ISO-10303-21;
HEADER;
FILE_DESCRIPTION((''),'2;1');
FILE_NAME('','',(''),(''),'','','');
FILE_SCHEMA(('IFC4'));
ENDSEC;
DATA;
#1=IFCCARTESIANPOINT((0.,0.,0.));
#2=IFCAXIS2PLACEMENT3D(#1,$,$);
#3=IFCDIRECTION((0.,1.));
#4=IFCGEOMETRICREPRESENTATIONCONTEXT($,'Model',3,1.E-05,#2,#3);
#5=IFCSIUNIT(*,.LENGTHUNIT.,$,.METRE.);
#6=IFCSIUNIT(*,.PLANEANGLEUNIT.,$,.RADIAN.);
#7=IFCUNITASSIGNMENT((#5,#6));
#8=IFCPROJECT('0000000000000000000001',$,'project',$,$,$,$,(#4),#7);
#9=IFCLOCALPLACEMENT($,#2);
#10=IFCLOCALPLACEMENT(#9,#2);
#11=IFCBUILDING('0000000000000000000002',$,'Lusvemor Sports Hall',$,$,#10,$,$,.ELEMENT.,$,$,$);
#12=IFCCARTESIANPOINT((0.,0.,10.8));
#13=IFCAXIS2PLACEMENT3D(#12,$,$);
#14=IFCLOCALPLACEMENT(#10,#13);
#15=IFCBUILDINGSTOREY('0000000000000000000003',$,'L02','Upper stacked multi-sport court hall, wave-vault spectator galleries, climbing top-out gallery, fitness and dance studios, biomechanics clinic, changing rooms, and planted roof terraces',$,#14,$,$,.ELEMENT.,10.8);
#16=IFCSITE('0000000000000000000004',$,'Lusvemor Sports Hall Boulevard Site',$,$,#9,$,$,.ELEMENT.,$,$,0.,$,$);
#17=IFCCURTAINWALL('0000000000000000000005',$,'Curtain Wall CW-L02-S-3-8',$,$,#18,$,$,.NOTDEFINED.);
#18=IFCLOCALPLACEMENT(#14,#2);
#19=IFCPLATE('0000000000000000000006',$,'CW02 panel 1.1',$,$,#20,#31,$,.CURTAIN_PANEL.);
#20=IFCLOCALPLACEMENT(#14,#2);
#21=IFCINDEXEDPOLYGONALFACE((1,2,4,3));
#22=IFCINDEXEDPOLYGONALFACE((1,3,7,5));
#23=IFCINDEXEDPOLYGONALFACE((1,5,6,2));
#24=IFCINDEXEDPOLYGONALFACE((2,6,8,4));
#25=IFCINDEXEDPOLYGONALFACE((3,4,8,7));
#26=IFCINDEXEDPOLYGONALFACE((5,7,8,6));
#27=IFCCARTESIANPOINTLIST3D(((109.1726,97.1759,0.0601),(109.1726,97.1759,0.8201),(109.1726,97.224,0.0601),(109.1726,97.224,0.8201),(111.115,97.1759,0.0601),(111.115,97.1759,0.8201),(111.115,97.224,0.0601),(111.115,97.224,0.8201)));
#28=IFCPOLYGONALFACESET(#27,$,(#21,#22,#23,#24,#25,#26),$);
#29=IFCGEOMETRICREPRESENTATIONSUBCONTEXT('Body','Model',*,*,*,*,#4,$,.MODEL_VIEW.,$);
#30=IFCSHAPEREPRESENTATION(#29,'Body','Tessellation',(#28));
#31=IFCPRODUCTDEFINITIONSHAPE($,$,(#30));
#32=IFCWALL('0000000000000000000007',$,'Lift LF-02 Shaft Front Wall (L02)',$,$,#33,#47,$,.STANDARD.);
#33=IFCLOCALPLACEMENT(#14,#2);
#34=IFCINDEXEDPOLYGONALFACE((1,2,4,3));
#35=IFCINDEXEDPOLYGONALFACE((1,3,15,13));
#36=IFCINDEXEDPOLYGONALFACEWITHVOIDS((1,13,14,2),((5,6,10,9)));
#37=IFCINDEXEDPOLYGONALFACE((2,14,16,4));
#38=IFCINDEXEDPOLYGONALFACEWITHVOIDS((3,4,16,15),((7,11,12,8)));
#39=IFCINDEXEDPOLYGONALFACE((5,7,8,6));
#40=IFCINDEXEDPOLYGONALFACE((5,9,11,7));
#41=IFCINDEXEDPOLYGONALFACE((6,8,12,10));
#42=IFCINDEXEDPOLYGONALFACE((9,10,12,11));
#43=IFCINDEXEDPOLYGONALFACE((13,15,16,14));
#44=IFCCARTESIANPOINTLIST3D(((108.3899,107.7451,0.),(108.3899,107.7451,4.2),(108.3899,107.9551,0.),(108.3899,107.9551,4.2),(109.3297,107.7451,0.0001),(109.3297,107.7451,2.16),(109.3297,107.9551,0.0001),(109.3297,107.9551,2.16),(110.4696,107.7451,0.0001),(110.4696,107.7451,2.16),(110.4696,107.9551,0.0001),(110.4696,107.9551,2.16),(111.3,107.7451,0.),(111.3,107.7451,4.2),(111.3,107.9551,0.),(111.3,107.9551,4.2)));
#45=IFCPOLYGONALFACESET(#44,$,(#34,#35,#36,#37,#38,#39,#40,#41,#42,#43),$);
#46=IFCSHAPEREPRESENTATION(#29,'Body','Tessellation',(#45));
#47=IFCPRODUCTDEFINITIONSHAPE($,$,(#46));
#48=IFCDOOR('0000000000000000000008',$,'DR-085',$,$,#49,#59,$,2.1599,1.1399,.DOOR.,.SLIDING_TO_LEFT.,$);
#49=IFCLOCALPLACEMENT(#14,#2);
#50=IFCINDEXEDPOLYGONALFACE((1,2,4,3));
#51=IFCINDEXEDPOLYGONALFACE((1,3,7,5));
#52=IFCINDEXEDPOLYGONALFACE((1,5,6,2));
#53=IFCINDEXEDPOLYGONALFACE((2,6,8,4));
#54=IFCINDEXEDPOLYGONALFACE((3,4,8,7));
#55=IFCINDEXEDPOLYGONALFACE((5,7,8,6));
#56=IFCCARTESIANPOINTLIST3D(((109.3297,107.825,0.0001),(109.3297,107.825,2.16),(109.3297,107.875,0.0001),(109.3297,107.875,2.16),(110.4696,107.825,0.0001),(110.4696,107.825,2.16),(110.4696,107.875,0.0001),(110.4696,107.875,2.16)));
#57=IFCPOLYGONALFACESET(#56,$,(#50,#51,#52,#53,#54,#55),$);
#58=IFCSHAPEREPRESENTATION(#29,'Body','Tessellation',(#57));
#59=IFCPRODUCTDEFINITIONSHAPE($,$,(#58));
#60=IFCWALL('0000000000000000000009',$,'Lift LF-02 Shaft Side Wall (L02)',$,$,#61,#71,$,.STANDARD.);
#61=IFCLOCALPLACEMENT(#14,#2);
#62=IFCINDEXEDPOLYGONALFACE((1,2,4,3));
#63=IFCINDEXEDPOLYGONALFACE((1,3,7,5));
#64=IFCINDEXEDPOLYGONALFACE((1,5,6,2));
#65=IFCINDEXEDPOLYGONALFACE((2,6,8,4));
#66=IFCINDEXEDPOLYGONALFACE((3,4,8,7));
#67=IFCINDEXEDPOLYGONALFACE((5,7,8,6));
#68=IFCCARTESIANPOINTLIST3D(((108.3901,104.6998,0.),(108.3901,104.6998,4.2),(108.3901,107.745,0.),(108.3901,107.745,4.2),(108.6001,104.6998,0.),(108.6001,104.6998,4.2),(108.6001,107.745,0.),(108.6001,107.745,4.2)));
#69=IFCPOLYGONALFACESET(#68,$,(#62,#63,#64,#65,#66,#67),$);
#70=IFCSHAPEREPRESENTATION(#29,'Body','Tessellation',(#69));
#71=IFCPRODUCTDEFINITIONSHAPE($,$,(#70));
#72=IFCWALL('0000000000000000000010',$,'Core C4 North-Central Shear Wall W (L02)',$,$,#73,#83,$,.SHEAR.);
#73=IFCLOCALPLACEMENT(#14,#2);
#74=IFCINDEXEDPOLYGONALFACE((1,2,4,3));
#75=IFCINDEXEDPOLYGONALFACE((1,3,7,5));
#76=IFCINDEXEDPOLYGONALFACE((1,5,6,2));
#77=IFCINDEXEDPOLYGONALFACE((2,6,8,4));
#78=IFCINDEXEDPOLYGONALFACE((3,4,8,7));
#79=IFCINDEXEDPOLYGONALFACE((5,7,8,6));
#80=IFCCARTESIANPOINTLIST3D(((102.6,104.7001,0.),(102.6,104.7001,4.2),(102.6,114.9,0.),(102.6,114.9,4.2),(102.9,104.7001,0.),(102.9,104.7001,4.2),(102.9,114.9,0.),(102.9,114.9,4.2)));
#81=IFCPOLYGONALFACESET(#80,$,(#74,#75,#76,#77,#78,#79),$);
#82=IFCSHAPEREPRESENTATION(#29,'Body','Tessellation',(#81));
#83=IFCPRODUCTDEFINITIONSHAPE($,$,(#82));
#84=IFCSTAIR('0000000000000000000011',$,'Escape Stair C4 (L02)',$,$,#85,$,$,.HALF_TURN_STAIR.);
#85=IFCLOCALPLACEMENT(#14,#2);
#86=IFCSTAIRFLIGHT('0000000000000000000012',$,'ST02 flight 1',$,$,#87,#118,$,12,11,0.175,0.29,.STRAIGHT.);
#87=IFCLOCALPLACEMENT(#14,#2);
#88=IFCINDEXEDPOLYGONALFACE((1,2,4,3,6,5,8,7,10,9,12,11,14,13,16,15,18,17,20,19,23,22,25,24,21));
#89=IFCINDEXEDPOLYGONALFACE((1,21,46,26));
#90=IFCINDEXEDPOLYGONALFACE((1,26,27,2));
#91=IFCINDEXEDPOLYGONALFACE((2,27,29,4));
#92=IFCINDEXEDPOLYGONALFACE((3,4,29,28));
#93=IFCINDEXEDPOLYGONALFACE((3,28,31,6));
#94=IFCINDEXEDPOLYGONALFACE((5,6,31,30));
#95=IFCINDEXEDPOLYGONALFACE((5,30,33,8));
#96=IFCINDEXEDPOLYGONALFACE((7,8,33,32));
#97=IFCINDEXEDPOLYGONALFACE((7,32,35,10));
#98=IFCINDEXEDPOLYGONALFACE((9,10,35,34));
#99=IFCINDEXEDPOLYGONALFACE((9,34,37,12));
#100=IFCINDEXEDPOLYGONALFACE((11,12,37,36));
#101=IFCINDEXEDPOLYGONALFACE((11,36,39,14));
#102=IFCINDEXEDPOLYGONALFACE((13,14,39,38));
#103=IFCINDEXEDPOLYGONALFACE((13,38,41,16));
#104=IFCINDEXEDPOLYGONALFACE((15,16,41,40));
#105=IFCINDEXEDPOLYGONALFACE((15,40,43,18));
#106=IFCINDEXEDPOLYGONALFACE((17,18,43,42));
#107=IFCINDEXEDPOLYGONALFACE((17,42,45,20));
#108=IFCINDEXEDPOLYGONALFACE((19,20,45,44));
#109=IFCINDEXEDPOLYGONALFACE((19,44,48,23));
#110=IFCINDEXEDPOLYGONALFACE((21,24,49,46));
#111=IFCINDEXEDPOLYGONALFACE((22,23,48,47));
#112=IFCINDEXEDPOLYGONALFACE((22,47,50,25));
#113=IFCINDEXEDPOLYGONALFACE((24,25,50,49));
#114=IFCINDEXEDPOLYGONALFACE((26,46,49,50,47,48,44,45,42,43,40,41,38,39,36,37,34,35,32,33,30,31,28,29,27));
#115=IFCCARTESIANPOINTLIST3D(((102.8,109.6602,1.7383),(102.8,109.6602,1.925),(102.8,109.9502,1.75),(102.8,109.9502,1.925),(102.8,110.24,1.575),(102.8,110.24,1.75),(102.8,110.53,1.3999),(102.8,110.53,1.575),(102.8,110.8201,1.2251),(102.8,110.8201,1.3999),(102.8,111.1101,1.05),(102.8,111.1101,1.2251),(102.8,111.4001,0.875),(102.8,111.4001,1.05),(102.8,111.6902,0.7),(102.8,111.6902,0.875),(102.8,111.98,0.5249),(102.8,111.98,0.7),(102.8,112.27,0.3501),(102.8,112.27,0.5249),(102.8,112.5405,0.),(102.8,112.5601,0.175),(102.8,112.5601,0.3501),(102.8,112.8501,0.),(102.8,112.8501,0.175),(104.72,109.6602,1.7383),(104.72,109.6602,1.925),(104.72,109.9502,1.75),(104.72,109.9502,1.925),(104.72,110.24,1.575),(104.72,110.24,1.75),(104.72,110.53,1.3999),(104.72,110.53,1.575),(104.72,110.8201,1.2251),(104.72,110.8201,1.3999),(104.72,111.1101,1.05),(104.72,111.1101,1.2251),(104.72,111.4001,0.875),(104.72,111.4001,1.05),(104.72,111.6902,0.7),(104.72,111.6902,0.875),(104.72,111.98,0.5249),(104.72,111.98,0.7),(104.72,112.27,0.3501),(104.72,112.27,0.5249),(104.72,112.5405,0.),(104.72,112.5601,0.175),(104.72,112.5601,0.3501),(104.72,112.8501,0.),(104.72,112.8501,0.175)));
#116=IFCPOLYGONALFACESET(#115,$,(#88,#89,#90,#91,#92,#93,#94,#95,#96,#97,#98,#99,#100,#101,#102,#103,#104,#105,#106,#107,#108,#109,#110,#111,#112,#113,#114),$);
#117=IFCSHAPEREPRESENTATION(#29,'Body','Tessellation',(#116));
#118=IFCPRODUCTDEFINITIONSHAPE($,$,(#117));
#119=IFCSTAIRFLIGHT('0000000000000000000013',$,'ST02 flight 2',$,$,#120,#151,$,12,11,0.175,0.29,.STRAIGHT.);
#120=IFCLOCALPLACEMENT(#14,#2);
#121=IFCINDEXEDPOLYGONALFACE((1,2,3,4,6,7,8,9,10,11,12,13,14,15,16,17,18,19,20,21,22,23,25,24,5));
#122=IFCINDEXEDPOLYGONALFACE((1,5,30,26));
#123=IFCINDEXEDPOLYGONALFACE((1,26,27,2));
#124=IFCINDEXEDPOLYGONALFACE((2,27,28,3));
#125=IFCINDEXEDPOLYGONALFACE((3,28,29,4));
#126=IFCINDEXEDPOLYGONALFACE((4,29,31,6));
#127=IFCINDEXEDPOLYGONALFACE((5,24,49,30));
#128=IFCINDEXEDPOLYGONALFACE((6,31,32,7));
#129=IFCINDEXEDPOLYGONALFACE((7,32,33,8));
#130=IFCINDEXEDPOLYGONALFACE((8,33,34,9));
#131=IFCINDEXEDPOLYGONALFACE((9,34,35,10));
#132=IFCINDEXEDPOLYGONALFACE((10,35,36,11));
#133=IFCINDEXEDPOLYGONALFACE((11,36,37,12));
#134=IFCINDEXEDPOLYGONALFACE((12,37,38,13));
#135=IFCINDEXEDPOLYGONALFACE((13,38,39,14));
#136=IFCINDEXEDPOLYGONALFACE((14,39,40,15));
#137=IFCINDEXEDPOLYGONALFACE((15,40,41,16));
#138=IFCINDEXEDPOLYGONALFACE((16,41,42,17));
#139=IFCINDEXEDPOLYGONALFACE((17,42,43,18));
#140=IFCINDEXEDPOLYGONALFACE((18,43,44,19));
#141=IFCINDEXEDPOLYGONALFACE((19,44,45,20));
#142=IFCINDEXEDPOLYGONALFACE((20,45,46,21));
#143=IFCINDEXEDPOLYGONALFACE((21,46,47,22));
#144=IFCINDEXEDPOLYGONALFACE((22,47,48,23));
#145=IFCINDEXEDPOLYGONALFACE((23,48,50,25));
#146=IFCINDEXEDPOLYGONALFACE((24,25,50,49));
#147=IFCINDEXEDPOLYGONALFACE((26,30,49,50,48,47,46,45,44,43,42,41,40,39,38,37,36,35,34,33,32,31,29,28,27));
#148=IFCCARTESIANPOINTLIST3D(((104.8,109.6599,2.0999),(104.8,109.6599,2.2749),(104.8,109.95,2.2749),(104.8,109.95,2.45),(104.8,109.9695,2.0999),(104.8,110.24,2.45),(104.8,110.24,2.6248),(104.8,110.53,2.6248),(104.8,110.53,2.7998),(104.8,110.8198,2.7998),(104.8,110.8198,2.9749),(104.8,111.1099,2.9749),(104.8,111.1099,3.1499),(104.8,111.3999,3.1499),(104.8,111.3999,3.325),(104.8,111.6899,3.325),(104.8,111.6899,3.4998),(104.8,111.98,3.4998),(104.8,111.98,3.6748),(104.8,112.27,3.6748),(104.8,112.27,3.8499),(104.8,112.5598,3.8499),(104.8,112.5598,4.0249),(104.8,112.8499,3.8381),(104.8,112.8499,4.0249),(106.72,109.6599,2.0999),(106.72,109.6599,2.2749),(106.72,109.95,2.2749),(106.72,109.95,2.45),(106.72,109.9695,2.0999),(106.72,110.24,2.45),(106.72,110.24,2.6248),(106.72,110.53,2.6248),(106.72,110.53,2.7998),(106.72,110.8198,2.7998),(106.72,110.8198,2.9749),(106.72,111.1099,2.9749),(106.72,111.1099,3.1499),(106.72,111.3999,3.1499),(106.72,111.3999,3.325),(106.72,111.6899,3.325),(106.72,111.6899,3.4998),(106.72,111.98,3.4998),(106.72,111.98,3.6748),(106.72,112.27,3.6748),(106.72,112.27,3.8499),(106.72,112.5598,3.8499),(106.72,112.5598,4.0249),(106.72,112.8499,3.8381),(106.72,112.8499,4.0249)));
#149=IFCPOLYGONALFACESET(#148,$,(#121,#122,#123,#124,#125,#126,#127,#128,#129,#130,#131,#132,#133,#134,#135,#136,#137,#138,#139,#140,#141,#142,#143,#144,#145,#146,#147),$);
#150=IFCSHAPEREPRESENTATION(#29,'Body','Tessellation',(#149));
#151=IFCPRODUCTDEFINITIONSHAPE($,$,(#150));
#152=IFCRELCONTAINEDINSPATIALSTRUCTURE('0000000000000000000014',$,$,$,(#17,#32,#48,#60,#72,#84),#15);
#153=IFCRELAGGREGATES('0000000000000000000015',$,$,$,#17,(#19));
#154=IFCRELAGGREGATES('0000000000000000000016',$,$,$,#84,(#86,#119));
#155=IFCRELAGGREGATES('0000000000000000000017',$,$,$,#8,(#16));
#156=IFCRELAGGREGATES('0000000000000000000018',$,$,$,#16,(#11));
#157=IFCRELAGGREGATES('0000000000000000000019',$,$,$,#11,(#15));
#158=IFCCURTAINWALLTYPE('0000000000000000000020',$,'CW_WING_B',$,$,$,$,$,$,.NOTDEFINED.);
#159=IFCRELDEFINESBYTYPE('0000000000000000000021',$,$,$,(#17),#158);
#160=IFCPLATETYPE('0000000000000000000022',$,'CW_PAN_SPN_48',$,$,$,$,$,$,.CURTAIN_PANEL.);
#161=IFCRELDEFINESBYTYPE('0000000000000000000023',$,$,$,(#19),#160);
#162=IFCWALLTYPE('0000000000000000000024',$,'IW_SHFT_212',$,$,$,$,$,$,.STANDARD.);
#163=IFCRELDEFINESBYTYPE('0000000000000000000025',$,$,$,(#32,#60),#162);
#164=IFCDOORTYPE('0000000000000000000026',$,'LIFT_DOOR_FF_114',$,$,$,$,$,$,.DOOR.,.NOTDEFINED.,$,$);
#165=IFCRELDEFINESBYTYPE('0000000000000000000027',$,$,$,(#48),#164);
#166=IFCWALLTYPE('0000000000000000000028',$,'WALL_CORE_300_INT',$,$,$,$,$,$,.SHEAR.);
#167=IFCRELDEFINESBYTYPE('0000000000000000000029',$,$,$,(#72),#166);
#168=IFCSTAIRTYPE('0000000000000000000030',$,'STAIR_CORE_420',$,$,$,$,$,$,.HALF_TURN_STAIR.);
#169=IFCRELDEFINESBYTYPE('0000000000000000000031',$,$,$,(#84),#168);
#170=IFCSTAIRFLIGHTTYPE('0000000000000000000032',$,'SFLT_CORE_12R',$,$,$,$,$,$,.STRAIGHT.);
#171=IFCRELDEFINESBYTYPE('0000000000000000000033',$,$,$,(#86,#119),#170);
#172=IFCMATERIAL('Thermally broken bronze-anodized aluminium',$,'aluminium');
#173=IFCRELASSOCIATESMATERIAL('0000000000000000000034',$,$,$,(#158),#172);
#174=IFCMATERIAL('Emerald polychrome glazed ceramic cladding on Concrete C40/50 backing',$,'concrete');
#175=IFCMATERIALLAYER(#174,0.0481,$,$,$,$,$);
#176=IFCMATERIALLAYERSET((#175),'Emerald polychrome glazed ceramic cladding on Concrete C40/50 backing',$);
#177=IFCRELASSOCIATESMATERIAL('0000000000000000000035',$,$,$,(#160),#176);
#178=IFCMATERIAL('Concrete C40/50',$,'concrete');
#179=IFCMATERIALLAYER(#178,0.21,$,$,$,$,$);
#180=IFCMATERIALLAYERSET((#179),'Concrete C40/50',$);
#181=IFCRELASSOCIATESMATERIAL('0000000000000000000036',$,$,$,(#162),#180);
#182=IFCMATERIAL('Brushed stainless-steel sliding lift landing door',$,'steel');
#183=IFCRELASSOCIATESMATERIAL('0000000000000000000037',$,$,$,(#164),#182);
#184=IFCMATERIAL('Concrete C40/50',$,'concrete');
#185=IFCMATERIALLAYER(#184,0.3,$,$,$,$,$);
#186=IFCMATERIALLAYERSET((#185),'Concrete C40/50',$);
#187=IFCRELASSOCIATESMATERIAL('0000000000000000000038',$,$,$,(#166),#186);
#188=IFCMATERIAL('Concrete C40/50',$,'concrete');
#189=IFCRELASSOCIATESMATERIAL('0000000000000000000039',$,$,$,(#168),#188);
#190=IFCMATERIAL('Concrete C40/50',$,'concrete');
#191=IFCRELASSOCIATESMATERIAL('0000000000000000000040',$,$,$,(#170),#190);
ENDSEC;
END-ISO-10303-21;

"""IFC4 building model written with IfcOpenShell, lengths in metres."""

from ifc_helpers import new_model, si_unit, direction, frame, frame_2d, origin, origin_2d, place, context, subcontext, project, spatial, polyline, rectangle, outline, extrude, material, layer, layer_set, type_object, element, fill, aggregate, save


model = new_model("IFC4")

# Units and contexts
model_context = context("Model", 3, precision=1e-05, world=origin(), true_north=direction((0.0, 1.0)))
body_context = subcontext(model_context, "Body", "Model", "MODEL_VIEW")
ifc_project = project(units=[si_unit("LENGTHUNIT", "METRE"), si_unit("PLANEANGLEUNIT", "RADIAN")], contexts=[model_context])

# Site, building, storey
site_placement = place(None, origin())
site = spatial("IfcSite", under=ifc_project, at=site_placement, Name="Lusvemor Sports Hall Boulevard Site", CompositionType="ELEMENT", RefElevation=0.0)
building_placement = place(site_placement, origin())
building = spatial("IfcBuilding", under=site, at=building_placement, Name="Lusvemor Sports Hall", CompositionType="ELEMENT")
storey_placement = place(building_placement, frame((0.0, 0.0, 10.8)))
storey = spatial("IfcBuildingStorey", under=building, at=storey_placement, Name="L02", Description="Upper stacked multi-sport court hall, wave-vault spectator galleries, climbing top-out gallery, fitness and dance studios, biomechanics clinic, changing rooms, and planted roof terraces", CompositionType="ELEMENT", Elevation=10.8)

# Curtain wall
ifc_material_1 = material(Name="Thermally broken bronze-anodized aluminium", Category="aluminium")
curtain_wall_type = type_object("IfcCurtainWallType", Name="CW_WING_B", PredefinedType="NOTDEFINED", material=ifc_material_1)
curtain_wall_placement = place(storey_placement, origin())
curtain_wall = element("IfcCurtainWall", 1, at=curtain_wall_placement, inside=storey, type_object=curtain_wall_type, Name="Curtain Wall CW-L02-S-3-8", PredefinedType="NOTDEFINED")

# Plate
ifc_material_2 = material(Name="Emerald polychrome glazed ceramic cladding on Concrete C40/50 backing", Category="concrete")
ifc_layer_1 = layer(ifc_material_2, 0.0481)
ifc_layer_set_1 = layer_set([ifc_layer_1], Name="Emerald polychrome glazed ceramic cladding on Concrete C40/50 backing")
plate_type = type_object("IfcPlateType", Name="CW_PAN_SPN_48", PredefinedType="CURTAIN_PANEL", material=ifc_layer_set_1)
plate_placement = place(storey_placement, frame((110.1438, 97.2, 0.0601), z_axis=(0.0, 0.0, 1.0), x_axis=(-1.0, 0.0, 0.0)))
plate = element("IfcPlate", 2, at=plate_placement, type_object=plate_type, Name="CW02 panel 1.1", PredefinedType="CURTAIN_PANEL", context=body_context, shape_type="SweptSolid", body=[
    extrude(rectangle(XDim=1.9424, YDim=0.0481, at=origin_2d()), origin(), (0.0, 0.0, 1.0), 0.76),
])
aggregate(curtain_wall, [plate])

# Wall, opening, door
ifc_material_3 = material(Name="Concrete C40/50", Category="concrete")
ifc_layer_2 = layer(ifc_material_3, 0.21)
ifc_layer_set_2 = layer_set([ifc_layer_2], Name="Concrete C40/50")
wall_type_1 = type_object("IfcWallType", Name="IW_SHFT_212", PredefinedType="STANDARD", material=ifc_layer_set_2)
wall_1_placement = place(storey_placement, frame((108.3899, 107.8501, 0.0), z_axis=(0.0, 0.0, 1.0), x_axis=(1.0, 0.0, 0.0)))
wall_1 = element("IfcWall", 3, at=wall_1_placement, inside=storey, type_object=wall_type_1, Name="Lift LF-02 Shaft Front Wall (L02)", PredefinedType="STANDARD", context=body_context, shape_type="SweptSolid", body=[
    extrude(rectangle(XDim=2.9102, YDim=0.21, at=frame_2d((1.4551, 0.0))), origin(), (0.0, 0.0, 1.0), 4.2),
])
opening_1_placement = place(wall_1_placement, frame((0.9399, 0.0, 0.0)))
opening_1 = element("IfcOpeningElement", 4, at=opening_1_placement, cuts=wall_1, PredefinedType="OPENING", context=body_context, shape_type="SweptSolid", body=[
    extrude(rectangle(XDim=1.1399, YDim=2.1599, at=frame_2d((0.5698, 1.0801))), frame((0.0, 0.105, 0.0), z_axis=(0.0, -1.0, 0.0), x_axis=(1.0, 0.0, 0.0)), (0.0, 0.0, 1.0), 0.21),
])
ifc_material_4 = material(Name="Brushed stainless-steel sliding lift landing door", Category="steel")
door_type_1 = type_object("IfcDoorType", Name="LIFT_DOOR_FF_114", OperationType="NOTDEFINED", PredefinedType="DOOR", material=ifc_material_4)
door_1_placement = place(opening_1_placement, origin())
door_1 = element("IfcDoor", 5, at=door_1_placement, inside=storey, type_object=door_type_1, Name="DR-085", OperationType="SLIDING_TO_LEFT", OverallHeight=2.1599, OverallWidth=1.1399, PredefinedType="DOOR", context=body_context, shape_type="SweptSolid", body=[
    extrude(rectangle(XDim=1.1399, YDim=2.1599, at=frame_2d((0.5698, 1.0801))), frame((0.0, 0.0249, 0.0), z_axis=(0.0, -1.0, 0.0), x_axis=(1.0, 0.0, 0.0)), (0.0, 0.0, 1.0), 0.05),
])
fill(opening_1, door_1)

# Walls
wall_2_placement = place(storey_placement, frame((108.4951, 104.7, 0.0), z_axis=(0.0, 0.0, 1.0), x_axis=(0.0, 1.0, 0.0)))
element("IfcWall", 6, at=wall_2_placement, inside=storey, type_object=wall_type_1, Name="Lift LF-02 Shaft Side Wall (L02)", PredefinedType="STANDARD", context=body_context, shape_type="SweptSolid", body=[
    extrude(rectangle(XDim=3.0452, YDim=0.21, at=frame_2d((1.5225, 0.0))), origin(), (0.0, 0.0, 1.0), 4.2),
])
ifc_material_5 = material(Name="Concrete C40/50", Category="concrete")
ifc_layer_3 = layer(ifc_material_5, 0.3)
ifc_layer_set_3 = layer_set([ifc_layer_3], Name="Concrete C40/50")
wall_type_2 = type_object("IfcWallType", Name="WALL_CORE_300_INT", PredefinedType="SHEAR", material=ifc_layer_set_3)
wall_3_placement = place(storey_placement, frame((102.75, 104.7, 0.0), z_axis=(0.0, 0.0, 1.0), x_axis=(0.0, 1.0, 0.0)))
element("IfcWall", 7, at=wall_3_placement, inside=storey, type_object=wall_type_2, Name="Core C4 North-Central Shear Wall W (L02)", PredefinedType="SHEAR", context=body_context, shape_type="SweptSolid", body=[
    extrude(rectangle(XDim=10.2, YDim=0.3, at=frame_2d((5.1001, 0.0))), origin(), (0.0, 0.0, 1.0), 4.2),
])

# Stair, stair flights
ifc_material_6 = material(Name="Concrete C40/50", Category="concrete")
stair_type = type_object("IfcStairType", Name="STAIR_CORE_420", PredefinedType="HALF_TURN_STAIR", material=ifc_material_6)
stair_placement = place(storey_placement, origin())
stair = element("IfcStair", 8, at=stair_placement, inside=storey, type_object=stair_type, Name="Escape Stair C4 (L02)", PredefinedType="HALF_TURN_STAIR")
ifc_material_7 = material(Name="Concrete C40/50", Category="concrete")
stair_flight_type = type_object("IfcStairFlightType", Name="SFLT_CORE_12R", PredefinedType="STRAIGHT", material=ifc_material_7)
stair_flight_1_placement = place(storey_placement, frame((103.76, 112.8501, 0.0), z_axis=(0.0, 0.0, 1.0), x_axis=(0.0, -1.0, 0.0)))
stair_flight_1 = element("IfcStairFlight", 9, at=stair_flight_1_placement, type_object=stair_flight_type, Name="ST02 flight 1", NumberOfRisers=12, NumberOfTreads=11, PredefinedType="STRAIGHT", RiserHeight=0.175, TreadLength=0.29, context=body_context, shape_type="SweptSolid", body=[
    extrude(outline(polyline([(0.0, 0.0), (0.0, 0.175), (0.29, 0.175), (0.29, 0.3501), (0.5801, 0.3501), (0.5801, 0.5249), (0.8701, 0.5249), (0.8701, 0.7), (1.1599, 0.7), (1.1599, 0.875), (1.45, 0.875), (1.45, 1.05), (1.74, 1.05), (1.74, 1.2251), (2.03, 1.2251), (2.03, 1.3999), (2.3201, 1.3999), (2.3201, 1.575), (2.6101, 1.575), (2.6101, 1.75), (2.8999, 1.75), (2.8999, 1.925), (3.1899, 1.925), (3.1899, 2.1001), (3.1899, 1.7383), (0.3096, 0.0), (0.0, 0.0)])), frame((0.0, 0.96, 0.0), z_axis=(0.0, -1.0, 0.0), x_axis=(1.0, 0.0, 0.0)), (0.0, 0.0, 1.0), 1.9199),
])
stair_flight_2_placement = place(storey_placement, frame((105.76, 109.6599, 2.0999), z_axis=(0.0, 0.0, 1.0), x_axis=(0.0, 1.0, 0.0)))
stair_flight_2 = element("IfcStairFlight", 10, at=stair_flight_2_placement, type_object=stair_flight_type, Name="ST02 flight 2", NumberOfRisers=12, NumberOfTreads=11, PredefinedType="STRAIGHT", RiserHeight=0.175, TreadLength=0.29, context=body_context, shape_type="SweptSolid", body=[
    extrude(outline(polyline([(0.0, 0.0), (0.0, 0.175), (0.29, 0.175), (0.29, 0.3501), (0.5801, 0.3501), (0.5801, 0.5249), (0.8701, 0.5249), (0.8701, 0.7), (1.1599, 0.7), (1.1599, 0.875), (1.45, 0.875), (1.45, 1.05), (1.74, 1.05), (1.74, 1.2251), (2.03, 1.2251), (2.03, 1.3999), (2.3201, 1.3999), (2.3201, 1.575), (2.6101, 1.575), (2.6101, 1.75), (2.8999, 1.75), (2.8999, 1.925), (3.1899, 1.925), (3.1899, 2.1001), (3.1899, 1.7383), (0.3096, 0.0), (0.0, 0.0)])), frame((0.0, 0.96, 0.0), z_axis=(0.0, -1.0, 0.0), x_axis=(1.0, 0.0, 0.0)), (0.0, 0.0, 1.0), 1.9199),
])
aggregate(stair, [stair_flight_1, stair_flight_2])

save(model, "model.ifc")
